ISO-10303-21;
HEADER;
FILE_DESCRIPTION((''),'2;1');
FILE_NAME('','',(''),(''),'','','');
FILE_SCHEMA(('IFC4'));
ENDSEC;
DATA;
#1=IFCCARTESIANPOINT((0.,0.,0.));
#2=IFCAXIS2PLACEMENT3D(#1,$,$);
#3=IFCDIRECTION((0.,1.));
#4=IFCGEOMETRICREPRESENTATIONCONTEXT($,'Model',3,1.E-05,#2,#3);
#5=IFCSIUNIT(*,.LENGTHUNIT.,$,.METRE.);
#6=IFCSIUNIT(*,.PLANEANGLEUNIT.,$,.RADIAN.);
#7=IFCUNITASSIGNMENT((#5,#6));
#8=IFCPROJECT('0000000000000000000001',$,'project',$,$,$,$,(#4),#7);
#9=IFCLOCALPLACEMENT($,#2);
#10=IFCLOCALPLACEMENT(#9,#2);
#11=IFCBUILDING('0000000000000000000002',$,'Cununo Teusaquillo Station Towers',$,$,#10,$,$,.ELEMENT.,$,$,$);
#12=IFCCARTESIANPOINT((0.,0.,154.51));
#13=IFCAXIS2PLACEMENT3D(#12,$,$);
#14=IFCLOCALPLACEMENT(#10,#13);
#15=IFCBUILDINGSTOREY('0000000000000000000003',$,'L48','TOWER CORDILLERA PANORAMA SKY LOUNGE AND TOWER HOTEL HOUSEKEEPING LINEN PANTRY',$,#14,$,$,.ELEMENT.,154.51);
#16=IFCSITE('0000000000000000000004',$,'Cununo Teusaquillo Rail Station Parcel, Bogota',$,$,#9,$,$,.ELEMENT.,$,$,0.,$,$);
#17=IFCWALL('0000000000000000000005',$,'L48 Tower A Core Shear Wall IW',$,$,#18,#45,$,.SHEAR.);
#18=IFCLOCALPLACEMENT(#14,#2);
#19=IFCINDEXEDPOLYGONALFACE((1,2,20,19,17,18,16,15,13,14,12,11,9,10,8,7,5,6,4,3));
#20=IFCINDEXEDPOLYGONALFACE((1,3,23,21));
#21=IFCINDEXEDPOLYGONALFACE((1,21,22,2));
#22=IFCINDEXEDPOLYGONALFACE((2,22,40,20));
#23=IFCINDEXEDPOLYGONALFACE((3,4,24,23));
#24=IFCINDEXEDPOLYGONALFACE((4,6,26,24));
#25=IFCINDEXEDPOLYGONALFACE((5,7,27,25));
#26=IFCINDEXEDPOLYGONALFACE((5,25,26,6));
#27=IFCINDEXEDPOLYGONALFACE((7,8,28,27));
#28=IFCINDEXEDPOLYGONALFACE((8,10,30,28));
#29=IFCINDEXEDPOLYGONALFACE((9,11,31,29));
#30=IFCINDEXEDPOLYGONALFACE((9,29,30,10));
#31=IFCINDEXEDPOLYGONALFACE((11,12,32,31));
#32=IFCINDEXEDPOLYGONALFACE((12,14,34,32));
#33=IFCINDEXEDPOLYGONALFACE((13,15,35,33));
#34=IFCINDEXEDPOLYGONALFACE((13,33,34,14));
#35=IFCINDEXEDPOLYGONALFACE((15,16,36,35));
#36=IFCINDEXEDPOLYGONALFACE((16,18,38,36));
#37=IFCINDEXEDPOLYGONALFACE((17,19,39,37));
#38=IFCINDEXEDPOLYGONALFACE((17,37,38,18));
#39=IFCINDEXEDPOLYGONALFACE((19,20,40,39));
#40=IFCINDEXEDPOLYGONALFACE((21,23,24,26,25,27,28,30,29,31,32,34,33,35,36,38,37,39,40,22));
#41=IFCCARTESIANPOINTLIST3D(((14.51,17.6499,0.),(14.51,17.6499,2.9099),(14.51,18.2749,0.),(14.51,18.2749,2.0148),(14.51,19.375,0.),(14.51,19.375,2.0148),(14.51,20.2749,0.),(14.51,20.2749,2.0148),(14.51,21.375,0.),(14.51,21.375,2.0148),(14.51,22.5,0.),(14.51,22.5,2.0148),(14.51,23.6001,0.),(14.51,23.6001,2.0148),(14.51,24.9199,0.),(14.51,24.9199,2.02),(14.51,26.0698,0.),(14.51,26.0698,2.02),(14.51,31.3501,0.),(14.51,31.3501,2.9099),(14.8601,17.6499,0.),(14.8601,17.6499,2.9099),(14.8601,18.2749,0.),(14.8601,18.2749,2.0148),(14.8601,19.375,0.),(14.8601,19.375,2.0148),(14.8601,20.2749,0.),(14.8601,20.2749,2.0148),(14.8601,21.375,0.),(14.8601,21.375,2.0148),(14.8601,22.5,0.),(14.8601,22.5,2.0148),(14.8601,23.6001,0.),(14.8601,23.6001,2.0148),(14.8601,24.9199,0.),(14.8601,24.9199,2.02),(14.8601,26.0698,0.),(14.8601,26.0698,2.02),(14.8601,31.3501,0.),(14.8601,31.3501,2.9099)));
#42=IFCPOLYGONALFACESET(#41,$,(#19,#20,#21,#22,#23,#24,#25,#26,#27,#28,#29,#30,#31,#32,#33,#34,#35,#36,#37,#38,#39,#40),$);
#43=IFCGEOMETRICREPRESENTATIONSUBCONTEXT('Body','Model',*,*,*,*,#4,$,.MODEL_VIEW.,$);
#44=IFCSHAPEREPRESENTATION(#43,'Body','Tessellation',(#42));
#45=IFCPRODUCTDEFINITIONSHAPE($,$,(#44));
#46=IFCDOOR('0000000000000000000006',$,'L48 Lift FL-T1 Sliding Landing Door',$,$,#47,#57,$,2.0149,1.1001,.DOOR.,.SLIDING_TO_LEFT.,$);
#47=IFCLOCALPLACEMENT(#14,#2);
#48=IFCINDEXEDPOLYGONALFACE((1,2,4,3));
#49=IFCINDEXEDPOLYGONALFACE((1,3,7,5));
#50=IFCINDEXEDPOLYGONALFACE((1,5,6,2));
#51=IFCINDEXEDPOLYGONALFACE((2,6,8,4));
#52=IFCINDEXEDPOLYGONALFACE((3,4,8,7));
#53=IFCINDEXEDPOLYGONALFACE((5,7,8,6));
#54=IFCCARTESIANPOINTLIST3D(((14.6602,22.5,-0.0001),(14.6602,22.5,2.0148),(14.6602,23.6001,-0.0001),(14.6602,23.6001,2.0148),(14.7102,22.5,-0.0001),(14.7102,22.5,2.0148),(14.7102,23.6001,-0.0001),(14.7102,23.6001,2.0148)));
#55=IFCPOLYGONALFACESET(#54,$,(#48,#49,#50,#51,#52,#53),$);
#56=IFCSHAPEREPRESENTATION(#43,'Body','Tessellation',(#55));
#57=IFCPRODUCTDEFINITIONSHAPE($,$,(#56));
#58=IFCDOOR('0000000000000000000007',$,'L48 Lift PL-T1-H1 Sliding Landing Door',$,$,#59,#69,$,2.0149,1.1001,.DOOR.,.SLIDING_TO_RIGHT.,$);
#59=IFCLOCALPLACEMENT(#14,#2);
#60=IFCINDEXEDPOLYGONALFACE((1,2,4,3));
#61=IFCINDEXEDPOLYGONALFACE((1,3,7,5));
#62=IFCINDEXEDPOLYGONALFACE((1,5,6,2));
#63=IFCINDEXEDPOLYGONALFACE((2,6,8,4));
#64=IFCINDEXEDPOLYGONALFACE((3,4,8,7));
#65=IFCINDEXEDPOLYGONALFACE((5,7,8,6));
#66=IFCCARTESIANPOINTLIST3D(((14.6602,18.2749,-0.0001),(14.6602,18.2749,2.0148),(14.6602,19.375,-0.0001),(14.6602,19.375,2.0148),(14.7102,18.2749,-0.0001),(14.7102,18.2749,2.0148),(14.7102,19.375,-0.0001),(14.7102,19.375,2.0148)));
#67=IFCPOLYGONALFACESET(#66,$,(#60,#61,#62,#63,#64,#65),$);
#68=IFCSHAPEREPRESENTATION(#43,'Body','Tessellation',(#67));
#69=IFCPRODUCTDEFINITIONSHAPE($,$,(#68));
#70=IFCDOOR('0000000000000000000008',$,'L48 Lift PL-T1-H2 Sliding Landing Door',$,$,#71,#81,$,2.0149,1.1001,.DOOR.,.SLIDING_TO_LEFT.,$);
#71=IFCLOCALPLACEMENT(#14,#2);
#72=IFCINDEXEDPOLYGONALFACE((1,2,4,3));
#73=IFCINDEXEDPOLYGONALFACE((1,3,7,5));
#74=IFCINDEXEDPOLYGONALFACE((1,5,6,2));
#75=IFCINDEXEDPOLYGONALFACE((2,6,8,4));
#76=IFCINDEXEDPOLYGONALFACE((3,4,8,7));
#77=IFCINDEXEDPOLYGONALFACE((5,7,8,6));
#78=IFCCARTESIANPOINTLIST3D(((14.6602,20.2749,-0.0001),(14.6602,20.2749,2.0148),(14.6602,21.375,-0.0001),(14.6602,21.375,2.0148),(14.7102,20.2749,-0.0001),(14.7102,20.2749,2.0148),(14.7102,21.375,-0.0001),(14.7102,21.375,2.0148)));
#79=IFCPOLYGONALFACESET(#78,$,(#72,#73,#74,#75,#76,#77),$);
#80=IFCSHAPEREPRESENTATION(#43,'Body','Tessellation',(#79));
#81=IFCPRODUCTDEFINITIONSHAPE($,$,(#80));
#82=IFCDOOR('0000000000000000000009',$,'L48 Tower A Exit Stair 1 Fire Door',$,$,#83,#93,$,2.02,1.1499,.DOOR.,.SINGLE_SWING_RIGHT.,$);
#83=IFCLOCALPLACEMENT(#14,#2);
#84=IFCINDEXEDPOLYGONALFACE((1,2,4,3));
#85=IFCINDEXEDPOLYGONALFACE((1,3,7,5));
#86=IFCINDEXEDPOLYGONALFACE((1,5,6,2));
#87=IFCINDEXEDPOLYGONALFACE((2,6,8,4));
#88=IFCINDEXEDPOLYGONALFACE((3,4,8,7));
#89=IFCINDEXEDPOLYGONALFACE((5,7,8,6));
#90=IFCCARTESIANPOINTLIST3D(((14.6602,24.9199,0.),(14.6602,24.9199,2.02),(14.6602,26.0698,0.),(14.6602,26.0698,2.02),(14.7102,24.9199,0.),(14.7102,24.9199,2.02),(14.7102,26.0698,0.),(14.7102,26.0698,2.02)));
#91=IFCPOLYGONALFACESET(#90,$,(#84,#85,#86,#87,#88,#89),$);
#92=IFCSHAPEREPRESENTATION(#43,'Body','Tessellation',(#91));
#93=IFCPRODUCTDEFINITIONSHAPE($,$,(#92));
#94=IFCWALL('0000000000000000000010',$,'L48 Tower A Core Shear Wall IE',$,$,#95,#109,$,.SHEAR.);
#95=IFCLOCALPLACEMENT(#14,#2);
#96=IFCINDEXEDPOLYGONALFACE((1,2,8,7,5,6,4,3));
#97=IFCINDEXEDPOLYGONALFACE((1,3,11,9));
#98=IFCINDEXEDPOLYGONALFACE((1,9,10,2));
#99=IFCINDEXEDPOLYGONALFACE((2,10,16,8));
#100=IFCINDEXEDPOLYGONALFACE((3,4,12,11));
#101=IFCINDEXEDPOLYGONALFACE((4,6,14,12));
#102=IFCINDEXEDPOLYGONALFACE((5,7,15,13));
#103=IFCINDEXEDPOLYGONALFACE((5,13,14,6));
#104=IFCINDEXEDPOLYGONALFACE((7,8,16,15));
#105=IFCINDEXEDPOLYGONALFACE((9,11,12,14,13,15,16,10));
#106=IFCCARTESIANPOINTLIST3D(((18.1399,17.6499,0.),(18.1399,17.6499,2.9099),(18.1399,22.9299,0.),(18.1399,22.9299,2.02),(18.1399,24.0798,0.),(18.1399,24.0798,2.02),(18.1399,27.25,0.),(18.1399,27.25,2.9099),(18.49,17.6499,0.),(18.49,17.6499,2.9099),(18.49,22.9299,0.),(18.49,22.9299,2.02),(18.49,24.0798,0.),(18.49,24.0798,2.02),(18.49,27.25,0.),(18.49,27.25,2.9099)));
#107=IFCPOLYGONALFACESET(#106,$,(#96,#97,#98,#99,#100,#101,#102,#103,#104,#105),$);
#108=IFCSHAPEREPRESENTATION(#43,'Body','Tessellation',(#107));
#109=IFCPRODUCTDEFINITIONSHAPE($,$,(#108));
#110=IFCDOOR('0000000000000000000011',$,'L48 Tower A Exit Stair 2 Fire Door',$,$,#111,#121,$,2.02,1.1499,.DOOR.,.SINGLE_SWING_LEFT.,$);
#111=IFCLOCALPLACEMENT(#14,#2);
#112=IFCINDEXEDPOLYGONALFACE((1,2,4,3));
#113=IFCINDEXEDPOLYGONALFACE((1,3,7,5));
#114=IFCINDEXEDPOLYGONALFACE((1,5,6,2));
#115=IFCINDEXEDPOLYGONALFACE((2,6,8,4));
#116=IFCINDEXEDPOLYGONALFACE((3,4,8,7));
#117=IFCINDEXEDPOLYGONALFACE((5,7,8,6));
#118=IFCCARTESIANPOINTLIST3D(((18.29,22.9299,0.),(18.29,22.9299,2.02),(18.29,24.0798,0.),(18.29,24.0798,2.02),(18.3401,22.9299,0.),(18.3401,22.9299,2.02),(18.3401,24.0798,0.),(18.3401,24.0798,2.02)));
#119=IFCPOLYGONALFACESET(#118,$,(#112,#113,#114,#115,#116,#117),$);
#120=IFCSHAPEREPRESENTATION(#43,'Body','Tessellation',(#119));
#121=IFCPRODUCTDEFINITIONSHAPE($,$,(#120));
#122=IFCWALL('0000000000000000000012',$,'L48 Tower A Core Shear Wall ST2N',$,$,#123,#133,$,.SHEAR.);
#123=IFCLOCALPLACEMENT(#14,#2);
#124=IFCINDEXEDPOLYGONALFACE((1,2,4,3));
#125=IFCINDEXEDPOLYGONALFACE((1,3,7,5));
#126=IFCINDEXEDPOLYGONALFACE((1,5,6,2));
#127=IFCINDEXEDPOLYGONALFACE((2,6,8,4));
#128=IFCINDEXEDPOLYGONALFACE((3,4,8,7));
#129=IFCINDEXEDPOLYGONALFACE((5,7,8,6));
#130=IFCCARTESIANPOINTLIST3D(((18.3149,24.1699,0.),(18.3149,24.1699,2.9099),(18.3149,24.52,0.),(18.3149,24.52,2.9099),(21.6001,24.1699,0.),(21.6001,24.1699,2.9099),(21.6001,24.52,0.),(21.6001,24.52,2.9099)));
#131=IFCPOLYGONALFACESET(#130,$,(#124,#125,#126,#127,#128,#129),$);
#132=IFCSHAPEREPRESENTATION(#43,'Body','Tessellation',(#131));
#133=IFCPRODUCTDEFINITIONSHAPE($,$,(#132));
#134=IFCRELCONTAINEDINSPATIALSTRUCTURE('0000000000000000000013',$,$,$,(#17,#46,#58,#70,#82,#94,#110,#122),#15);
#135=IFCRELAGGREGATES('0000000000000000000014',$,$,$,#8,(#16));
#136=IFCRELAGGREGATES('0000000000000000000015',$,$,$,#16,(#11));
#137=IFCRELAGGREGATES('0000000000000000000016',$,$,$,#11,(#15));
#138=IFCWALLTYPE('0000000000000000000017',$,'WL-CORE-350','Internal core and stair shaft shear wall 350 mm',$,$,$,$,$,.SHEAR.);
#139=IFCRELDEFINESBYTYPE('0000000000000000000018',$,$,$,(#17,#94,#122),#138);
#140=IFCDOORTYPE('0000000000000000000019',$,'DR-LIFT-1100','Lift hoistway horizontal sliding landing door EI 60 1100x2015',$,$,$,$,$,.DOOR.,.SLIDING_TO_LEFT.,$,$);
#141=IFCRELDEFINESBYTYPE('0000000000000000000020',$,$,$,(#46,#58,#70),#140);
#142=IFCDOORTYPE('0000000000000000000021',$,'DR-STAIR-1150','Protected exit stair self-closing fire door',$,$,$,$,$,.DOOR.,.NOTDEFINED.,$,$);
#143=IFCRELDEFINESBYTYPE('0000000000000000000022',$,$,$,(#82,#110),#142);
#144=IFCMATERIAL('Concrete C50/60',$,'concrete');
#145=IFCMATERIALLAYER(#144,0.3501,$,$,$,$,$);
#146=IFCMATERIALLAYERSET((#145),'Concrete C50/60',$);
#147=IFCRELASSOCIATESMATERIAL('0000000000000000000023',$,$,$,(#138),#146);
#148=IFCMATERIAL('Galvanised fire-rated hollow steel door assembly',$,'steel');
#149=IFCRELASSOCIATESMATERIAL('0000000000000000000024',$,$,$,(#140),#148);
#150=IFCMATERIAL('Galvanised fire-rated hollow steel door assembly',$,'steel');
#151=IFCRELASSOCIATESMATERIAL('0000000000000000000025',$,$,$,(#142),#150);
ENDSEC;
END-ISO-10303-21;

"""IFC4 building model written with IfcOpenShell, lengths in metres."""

from ifc_helpers import new_model, si_unit, direction, frame, frame_2d, origin, place, context, subcontext, project, spatial, rectangle, extrude, source, transform, mapped, material, layer, layer_set, type_object, element, fill, save


model = new_model("IFC4")

# Units and contexts
model_context = context("Model", 3, precision=1e-05, world=origin(), true_north=direction((0.0, 1.0)))
body_context = subcontext(model_context, "Body", "Model", "MODEL_VIEW")
ifc_project = project(units=[si_unit("LENGTHUNIT", "METRE"), si_unit("PLANEANGLEUNIT", "RADIAN")], contexts=[model_context])

# Site, building, storey
site_placement = place(None, origin())
site = spatial("IfcSite", under=ifc_project, at=site_placement, Name="Cununo Teusaquillo Rail Station Parcel, Bogota", CompositionType="ELEMENT", RefElevation=0.0)
building_placement = place(site_placement, origin())
building = spatial("IfcBuilding", under=site, at=building_placement, Name="Cununo Teusaquillo Station Towers", CompositionType="ELEMENT")
storey_placement = place(building_placement, frame((0.0, 0.0, 154.51)))
storey = spatial("IfcBuildingStorey", under=building, at=storey_placement, Name="L48", Description="TOWER CORDILLERA PANORAMA SKY LOUNGE AND TOWER HOTEL HOUSEKEEPING LINEN PANTRY", CompositionType="ELEMENT", Elevation=154.51)

# Wall, openings, doors
ifc_material_1 = material(Name="Concrete C50/60", Category="concrete")
ifc_layer_1 = layer(ifc_material_1, 0.3501)
ifc_layer_set_1 = layer_set([ifc_layer_1], Name="Concrete C50/60")
wall_type_1 = type_object("IfcWallType", Name="WL-CORE-350", Description="Internal core and stair shaft shear wall 350 mm", PredefinedType="SHEAR", material=ifc_layer_set_1)
wall_1_placement = place(storey_placement, frame((14.6851, 17.6499, 0.0), z_axis=(0.0, 0.0, 1.0), x_axis=(0.0, 1.0, 0.0)))
wall_1 = element("IfcWall", 1, at=wall_1_placement, inside=storey, type_object=wall_type_1, Name="L48 Tower A Core Shear Wall IW", PredefinedType="SHEAR", context=body_context, shape_type="SweptSolid", body=[
    extrude(rectangle(XDim=13.7002, YDim=0.3501, at=frame_2d((6.8501, 0.0))), origin(), (0.0, 0.0, 1.0), 2.9099),
])
shared_shape_1 = source(origin(), body_context, "Body", "SweptSolid", [
    extrude(rectangle(XDim=1.1001, YDim=2.0149, at=frame_2d((0.55, 1.0073))), frame((0.0, 0.1851, 0.0), z_axis=(0.0, -1.0, 0.0), x_axis=(1.0, 0.0, 0.0)), (0.0, 0.0, 1.0), 0.3701),
])
opening_1_placement = place(wall_1_placement, frame((4.8501, 0.0, 0.0)))
opening_1 = element("IfcOpeningElement", 2, at=opening_1_placement, cuts=wall_1, PredefinedType="OPENING", context=body_context, shape_type="MappedRepresentation", body=[
    mapped(shared_shape_1, transform((0.0, 0.0, 0.0), x_axis=(1.0, 0.0, 0.0), y_axis=(0.0, 1.0, 0.0), z_axis=(0.0, 0.0, 1.0), scale=1.0)),
])
opening_2_placement = place(wall_1_placement, frame((0.625, 0.0, 0.0)))
opening_2 = element("IfcOpeningElement", 3, at=opening_2_placement, cuts=wall_1, PredefinedType="OPENING", context=body_context, shape_type="MappedRepresentation", body=[
    mapped(shared_shape_1, transform((0.0, 0.0, 0.0), x_axis=(1.0, 0.0, 0.0), y_axis=(0.0, 1.0, 0.0), z_axis=(0.0, 0.0, 1.0), scale=1.0)),
])
opening_3_placement = place(wall_1_placement, frame((2.625, 0.0, 0.0)))
opening_3 = element("IfcOpeningElement", 4, at=opening_3_placement, cuts=wall_1, PredefinedType="OPENING", context=body_context, shape_type="MappedRepresentation", body=[
    mapped(shared_shape_1, transform((0.0, 0.0, 0.0), x_axis=(1.0, 0.0, 0.0), y_axis=(0.0, 1.0, 0.0), z_axis=(0.0, 0.0, 1.0), scale=1.0)),
])
shared_shape_2 = source(origin(), body_context, "Body", "SweptSolid", [
    extrude(rectangle(XDim=1.1499, YDim=2.02, at=frame_2d((0.575, 1.01))), frame((0.0, 0.1851, 0.0), z_axis=(0.0, -1.0, 0.0), x_axis=(1.0, 0.0, 0.0)), (0.0, 0.0, 1.0), 0.3701),
])
opening_4_placement = place(wall_1_placement, frame((7.27, 0.0, 0.0)))
opening_4 = element("IfcOpeningElement", 5, at=opening_4_placement, cuts=wall_1, PredefinedType="OPENING", context=body_context, shape_type="MappedRepresentation", body=[
    mapped(shared_shape_2, transform((0.0, 0.0, 0.0), x_axis=(1.0, 0.0, 0.0), y_axis=(0.0, 1.0, 0.0), z_axis=(0.0, 0.0, 1.0), scale=1.0)),
])
ifc_material_2 = material(Name="Galvanised fire-rated hollow steel door assembly", Category="steel")
door_type_1 = type_object("IfcDoorType", Name="DR-LIFT-1100", Description="Lift hoistway horizontal sliding landing door EI 60 1100x2015", OperationType="SLIDING_TO_LEFT", PredefinedType="DOOR", material=ifc_material_2)
shared_shape_3 = source(origin(), body_context, "Body", "SweptSolid", [
    extrude(rectangle(XDim=1.1001, YDim=2.0149, at=frame_2d((0.55, 1.0073))), frame((0.0, 0.0249, 0.0), z_axis=(0.0, -1.0, 0.0), x_axis=(1.0, 0.0, 0.0)), (0.0, 0.0, 1.0), 0.05),
])
door_1_placement = place(opening_1_placement, origin())
door_1 = element("IfcDoor", 6, at=door_1_placement, inside=storey, type_object=door_type_1, Name="L48 Lift FL-T1 Sliding Landing Door", OperationType="SLIDING_TO_LEFT", OverallHeight=2.0149, OverallWidth=1.1001, PredefinedType="DOOR", context=body_context, shape_type="MappedRepresentation", body=[
    mapped(shared_shape_3, transform((0.0, 0.0, 0.0), x_axis=(1.0, 0.0, 0.0), y_axis=(0.0, 1.0, 0.0), z_axis=(0.0, 0.0, 1.0), scale=1.0)),
])
fill(opening_1, door_1)
door_2_placement = place(opening_2_placement, origin())
door_2 = element("IfcDoor", 7, at=door_2_placement, inside=storey, type_object=door_type_1, Name="L48 Lift PL-T1-H1 Sliding Landing Door", OperationType="SLIDING_TO_RIGHT", OverallHeight=2.0149, OverallWidth=1.1001, PredefinedType="DOOR", context=body_context, shape_type="MappedRepresentation", body=[
    mapped(shared_shape_3, transform((0.0, 0.0, 0.0), x_axis=(1.0, 0.0, 0.0), y_axis=(0.0, 1.0, 0.0), z_axis=(0.0, 0.0, 1.0), scale=1.0)),
])
fill(opening_2, door_2)
door_3_placement = place(opening_3_placement, origin())
door_3 = element("IfcDoor", 8, at=door_3_placement, inside=storey, type_object=door_type_1, Name="L48 Lift PL-T1-H2 Sliding Landing Door", OperationType="SLIDING_TO_LEFT", OverallHeight=2.0149, OverallWidth=1.1001, PredefinedType="DOOR", context=body_context, shape_type="MappedRepresentation", body=[
    mapped(shared_shape_3, transform((0.0, 0.0, 0.0), x_axis=(1.0, 0.0, 0.0), y_axis=(0.0, 1.0, 0.0), z_axis=(0.0, 0.0, 1.0), scale=1.0)),
])
fill(opening_3, door_3)
ifc_material_3 = material(Name="Galvanised fire-rated hollow steel door assembly", Category="steel")
door_type_2 = type_object("IfcDoorType", Name="DR-STAIR-1150", Description="Protected exit stair self-closing fire door", OperationType="NOTDEFINED", PredefinedType="DOOR", material=ifc_material_3)
shared_shape_4 = source(origin(), body_context, "Body", "SweptSolid", [
    extrude(rectangle(XDim=1.1499, YDim=2.02, at=frame_2d((0.575, 1.01))), frame((0.0, 0.0249, 0.0), z_axis=(0.0, -1.0, 0.0), x_axis=(1.0, 0.0, 0.0)), (0.0, 0.0, 1.0), 0.05),
])
door_4_placement = place(opening_4_placement, origin())
door_4 = element("IfcDoor", 9, at=door_4_placement, inside=storey, type_object=door_type_2, Name="L48 Tower A Exit Stair 1 Fire Door", OperationType="SINGLE_SWING_RIGHT", OverallHeight=2.02, OverallWidth=1.1499, PredefinedType="DOOR", context=body_context, shape_type="MappedRepresentation", body=[
    mapped(shared_shape_4, transform((0.0, 0.0, 0.0), x_axis=(1.0, 0.0, 0.0), y_axis=(0.0, 1.0, 0.0), z_axis=(0.0, 0.0, 1.0), scale=1.0)),
])
fill(opening_4, door_4)

# Wall, opening, door
wall_2_placement = place(storey_placement, frame((18.3149, 17.6499, 0.0), z_axis=(0.0, 0.0, 1.0), x_axis=(0.0, 1.0, 0.0)))
wall_2 = element("IfcWall", 10, at=wall_2_placement, inside=storey, type_object=wall_type_1, Name="L48 Tower A Core Shear Wall IE", PredefinedType="SHEAR", context=body_context, shape_type="SweptSolid", body=[
    extrude(rectangle(XDim=9.6001, YDim=0.3501, at=frame_2d((4.8, 0.0))), origin(), (0.0, 0.0, 1.0), 2.9099),
])
opening_5_placement = place(wall_2_placement, frame((5.28, 0.0, 0.0)))
opening_5 = element("IfcOpeningElement", 11, at=opening_5_placement, cuts=wall_2, PredefinedType="OPENING", context=body_context, shape_type="MappedRepresentation", body=[
    mapped(shared_shape_2, transform((0.0, 0.0, 0.0), x_axis=(1.0, 0.0, 0.0), y_axis=(0.0, 1.0, 0.0), z_axis=(0.0, 0.0, 1.0), scale=1.0)),
])
door_5_placement = place(opening_5_placement, origin())
door_5 = element("IfcDoor", 12, at=door_5_placement, inside=storey, type_object=door_type_2, Name="L48 Tower A Exit Stair 2 Fire Door", OperationType="SINGLE_SWING_LEFT", OverallHeight=2.02, OverallWidth=1.1499, PredefinedType="DOOR", context=body_context, shape_type="MappedRepresentation", body=[
    mapped(shared_shape_4, transform((0.0, 0.0, 0.0), x_axis=(1.0, 0.0, 0.0), y_axis=(0.0, 1.0, 0.0), z_axis=(0.0, 0.0, 1.0), scale=1.0)),
])
fill(opening_5, door_5)

# Wall
wall_3_placement = place(storey_placement, frame((18.3149, 24.345, 0.0), z_axis=(0.0, 0.0, 1.0), x_axis=(1.0, 0.0, 0.0)))
element("IfcWall", 13, at=wall_3_placement, inside=storey, type_object=wall_type_1, Name="L48 Tower A Core Shear Wall ST2N", PredefinedType="SHEAR", context=body_context, shape_type="SweptSolid", body=[
    extrude(rectangle(XDim=3.2852, YDim=0.3501, at=frame_2d((1.6426, 0.0))), origin(), (0.0, 0.0, 1.0), 2.9099),
])

save(model, "model.ifc")
